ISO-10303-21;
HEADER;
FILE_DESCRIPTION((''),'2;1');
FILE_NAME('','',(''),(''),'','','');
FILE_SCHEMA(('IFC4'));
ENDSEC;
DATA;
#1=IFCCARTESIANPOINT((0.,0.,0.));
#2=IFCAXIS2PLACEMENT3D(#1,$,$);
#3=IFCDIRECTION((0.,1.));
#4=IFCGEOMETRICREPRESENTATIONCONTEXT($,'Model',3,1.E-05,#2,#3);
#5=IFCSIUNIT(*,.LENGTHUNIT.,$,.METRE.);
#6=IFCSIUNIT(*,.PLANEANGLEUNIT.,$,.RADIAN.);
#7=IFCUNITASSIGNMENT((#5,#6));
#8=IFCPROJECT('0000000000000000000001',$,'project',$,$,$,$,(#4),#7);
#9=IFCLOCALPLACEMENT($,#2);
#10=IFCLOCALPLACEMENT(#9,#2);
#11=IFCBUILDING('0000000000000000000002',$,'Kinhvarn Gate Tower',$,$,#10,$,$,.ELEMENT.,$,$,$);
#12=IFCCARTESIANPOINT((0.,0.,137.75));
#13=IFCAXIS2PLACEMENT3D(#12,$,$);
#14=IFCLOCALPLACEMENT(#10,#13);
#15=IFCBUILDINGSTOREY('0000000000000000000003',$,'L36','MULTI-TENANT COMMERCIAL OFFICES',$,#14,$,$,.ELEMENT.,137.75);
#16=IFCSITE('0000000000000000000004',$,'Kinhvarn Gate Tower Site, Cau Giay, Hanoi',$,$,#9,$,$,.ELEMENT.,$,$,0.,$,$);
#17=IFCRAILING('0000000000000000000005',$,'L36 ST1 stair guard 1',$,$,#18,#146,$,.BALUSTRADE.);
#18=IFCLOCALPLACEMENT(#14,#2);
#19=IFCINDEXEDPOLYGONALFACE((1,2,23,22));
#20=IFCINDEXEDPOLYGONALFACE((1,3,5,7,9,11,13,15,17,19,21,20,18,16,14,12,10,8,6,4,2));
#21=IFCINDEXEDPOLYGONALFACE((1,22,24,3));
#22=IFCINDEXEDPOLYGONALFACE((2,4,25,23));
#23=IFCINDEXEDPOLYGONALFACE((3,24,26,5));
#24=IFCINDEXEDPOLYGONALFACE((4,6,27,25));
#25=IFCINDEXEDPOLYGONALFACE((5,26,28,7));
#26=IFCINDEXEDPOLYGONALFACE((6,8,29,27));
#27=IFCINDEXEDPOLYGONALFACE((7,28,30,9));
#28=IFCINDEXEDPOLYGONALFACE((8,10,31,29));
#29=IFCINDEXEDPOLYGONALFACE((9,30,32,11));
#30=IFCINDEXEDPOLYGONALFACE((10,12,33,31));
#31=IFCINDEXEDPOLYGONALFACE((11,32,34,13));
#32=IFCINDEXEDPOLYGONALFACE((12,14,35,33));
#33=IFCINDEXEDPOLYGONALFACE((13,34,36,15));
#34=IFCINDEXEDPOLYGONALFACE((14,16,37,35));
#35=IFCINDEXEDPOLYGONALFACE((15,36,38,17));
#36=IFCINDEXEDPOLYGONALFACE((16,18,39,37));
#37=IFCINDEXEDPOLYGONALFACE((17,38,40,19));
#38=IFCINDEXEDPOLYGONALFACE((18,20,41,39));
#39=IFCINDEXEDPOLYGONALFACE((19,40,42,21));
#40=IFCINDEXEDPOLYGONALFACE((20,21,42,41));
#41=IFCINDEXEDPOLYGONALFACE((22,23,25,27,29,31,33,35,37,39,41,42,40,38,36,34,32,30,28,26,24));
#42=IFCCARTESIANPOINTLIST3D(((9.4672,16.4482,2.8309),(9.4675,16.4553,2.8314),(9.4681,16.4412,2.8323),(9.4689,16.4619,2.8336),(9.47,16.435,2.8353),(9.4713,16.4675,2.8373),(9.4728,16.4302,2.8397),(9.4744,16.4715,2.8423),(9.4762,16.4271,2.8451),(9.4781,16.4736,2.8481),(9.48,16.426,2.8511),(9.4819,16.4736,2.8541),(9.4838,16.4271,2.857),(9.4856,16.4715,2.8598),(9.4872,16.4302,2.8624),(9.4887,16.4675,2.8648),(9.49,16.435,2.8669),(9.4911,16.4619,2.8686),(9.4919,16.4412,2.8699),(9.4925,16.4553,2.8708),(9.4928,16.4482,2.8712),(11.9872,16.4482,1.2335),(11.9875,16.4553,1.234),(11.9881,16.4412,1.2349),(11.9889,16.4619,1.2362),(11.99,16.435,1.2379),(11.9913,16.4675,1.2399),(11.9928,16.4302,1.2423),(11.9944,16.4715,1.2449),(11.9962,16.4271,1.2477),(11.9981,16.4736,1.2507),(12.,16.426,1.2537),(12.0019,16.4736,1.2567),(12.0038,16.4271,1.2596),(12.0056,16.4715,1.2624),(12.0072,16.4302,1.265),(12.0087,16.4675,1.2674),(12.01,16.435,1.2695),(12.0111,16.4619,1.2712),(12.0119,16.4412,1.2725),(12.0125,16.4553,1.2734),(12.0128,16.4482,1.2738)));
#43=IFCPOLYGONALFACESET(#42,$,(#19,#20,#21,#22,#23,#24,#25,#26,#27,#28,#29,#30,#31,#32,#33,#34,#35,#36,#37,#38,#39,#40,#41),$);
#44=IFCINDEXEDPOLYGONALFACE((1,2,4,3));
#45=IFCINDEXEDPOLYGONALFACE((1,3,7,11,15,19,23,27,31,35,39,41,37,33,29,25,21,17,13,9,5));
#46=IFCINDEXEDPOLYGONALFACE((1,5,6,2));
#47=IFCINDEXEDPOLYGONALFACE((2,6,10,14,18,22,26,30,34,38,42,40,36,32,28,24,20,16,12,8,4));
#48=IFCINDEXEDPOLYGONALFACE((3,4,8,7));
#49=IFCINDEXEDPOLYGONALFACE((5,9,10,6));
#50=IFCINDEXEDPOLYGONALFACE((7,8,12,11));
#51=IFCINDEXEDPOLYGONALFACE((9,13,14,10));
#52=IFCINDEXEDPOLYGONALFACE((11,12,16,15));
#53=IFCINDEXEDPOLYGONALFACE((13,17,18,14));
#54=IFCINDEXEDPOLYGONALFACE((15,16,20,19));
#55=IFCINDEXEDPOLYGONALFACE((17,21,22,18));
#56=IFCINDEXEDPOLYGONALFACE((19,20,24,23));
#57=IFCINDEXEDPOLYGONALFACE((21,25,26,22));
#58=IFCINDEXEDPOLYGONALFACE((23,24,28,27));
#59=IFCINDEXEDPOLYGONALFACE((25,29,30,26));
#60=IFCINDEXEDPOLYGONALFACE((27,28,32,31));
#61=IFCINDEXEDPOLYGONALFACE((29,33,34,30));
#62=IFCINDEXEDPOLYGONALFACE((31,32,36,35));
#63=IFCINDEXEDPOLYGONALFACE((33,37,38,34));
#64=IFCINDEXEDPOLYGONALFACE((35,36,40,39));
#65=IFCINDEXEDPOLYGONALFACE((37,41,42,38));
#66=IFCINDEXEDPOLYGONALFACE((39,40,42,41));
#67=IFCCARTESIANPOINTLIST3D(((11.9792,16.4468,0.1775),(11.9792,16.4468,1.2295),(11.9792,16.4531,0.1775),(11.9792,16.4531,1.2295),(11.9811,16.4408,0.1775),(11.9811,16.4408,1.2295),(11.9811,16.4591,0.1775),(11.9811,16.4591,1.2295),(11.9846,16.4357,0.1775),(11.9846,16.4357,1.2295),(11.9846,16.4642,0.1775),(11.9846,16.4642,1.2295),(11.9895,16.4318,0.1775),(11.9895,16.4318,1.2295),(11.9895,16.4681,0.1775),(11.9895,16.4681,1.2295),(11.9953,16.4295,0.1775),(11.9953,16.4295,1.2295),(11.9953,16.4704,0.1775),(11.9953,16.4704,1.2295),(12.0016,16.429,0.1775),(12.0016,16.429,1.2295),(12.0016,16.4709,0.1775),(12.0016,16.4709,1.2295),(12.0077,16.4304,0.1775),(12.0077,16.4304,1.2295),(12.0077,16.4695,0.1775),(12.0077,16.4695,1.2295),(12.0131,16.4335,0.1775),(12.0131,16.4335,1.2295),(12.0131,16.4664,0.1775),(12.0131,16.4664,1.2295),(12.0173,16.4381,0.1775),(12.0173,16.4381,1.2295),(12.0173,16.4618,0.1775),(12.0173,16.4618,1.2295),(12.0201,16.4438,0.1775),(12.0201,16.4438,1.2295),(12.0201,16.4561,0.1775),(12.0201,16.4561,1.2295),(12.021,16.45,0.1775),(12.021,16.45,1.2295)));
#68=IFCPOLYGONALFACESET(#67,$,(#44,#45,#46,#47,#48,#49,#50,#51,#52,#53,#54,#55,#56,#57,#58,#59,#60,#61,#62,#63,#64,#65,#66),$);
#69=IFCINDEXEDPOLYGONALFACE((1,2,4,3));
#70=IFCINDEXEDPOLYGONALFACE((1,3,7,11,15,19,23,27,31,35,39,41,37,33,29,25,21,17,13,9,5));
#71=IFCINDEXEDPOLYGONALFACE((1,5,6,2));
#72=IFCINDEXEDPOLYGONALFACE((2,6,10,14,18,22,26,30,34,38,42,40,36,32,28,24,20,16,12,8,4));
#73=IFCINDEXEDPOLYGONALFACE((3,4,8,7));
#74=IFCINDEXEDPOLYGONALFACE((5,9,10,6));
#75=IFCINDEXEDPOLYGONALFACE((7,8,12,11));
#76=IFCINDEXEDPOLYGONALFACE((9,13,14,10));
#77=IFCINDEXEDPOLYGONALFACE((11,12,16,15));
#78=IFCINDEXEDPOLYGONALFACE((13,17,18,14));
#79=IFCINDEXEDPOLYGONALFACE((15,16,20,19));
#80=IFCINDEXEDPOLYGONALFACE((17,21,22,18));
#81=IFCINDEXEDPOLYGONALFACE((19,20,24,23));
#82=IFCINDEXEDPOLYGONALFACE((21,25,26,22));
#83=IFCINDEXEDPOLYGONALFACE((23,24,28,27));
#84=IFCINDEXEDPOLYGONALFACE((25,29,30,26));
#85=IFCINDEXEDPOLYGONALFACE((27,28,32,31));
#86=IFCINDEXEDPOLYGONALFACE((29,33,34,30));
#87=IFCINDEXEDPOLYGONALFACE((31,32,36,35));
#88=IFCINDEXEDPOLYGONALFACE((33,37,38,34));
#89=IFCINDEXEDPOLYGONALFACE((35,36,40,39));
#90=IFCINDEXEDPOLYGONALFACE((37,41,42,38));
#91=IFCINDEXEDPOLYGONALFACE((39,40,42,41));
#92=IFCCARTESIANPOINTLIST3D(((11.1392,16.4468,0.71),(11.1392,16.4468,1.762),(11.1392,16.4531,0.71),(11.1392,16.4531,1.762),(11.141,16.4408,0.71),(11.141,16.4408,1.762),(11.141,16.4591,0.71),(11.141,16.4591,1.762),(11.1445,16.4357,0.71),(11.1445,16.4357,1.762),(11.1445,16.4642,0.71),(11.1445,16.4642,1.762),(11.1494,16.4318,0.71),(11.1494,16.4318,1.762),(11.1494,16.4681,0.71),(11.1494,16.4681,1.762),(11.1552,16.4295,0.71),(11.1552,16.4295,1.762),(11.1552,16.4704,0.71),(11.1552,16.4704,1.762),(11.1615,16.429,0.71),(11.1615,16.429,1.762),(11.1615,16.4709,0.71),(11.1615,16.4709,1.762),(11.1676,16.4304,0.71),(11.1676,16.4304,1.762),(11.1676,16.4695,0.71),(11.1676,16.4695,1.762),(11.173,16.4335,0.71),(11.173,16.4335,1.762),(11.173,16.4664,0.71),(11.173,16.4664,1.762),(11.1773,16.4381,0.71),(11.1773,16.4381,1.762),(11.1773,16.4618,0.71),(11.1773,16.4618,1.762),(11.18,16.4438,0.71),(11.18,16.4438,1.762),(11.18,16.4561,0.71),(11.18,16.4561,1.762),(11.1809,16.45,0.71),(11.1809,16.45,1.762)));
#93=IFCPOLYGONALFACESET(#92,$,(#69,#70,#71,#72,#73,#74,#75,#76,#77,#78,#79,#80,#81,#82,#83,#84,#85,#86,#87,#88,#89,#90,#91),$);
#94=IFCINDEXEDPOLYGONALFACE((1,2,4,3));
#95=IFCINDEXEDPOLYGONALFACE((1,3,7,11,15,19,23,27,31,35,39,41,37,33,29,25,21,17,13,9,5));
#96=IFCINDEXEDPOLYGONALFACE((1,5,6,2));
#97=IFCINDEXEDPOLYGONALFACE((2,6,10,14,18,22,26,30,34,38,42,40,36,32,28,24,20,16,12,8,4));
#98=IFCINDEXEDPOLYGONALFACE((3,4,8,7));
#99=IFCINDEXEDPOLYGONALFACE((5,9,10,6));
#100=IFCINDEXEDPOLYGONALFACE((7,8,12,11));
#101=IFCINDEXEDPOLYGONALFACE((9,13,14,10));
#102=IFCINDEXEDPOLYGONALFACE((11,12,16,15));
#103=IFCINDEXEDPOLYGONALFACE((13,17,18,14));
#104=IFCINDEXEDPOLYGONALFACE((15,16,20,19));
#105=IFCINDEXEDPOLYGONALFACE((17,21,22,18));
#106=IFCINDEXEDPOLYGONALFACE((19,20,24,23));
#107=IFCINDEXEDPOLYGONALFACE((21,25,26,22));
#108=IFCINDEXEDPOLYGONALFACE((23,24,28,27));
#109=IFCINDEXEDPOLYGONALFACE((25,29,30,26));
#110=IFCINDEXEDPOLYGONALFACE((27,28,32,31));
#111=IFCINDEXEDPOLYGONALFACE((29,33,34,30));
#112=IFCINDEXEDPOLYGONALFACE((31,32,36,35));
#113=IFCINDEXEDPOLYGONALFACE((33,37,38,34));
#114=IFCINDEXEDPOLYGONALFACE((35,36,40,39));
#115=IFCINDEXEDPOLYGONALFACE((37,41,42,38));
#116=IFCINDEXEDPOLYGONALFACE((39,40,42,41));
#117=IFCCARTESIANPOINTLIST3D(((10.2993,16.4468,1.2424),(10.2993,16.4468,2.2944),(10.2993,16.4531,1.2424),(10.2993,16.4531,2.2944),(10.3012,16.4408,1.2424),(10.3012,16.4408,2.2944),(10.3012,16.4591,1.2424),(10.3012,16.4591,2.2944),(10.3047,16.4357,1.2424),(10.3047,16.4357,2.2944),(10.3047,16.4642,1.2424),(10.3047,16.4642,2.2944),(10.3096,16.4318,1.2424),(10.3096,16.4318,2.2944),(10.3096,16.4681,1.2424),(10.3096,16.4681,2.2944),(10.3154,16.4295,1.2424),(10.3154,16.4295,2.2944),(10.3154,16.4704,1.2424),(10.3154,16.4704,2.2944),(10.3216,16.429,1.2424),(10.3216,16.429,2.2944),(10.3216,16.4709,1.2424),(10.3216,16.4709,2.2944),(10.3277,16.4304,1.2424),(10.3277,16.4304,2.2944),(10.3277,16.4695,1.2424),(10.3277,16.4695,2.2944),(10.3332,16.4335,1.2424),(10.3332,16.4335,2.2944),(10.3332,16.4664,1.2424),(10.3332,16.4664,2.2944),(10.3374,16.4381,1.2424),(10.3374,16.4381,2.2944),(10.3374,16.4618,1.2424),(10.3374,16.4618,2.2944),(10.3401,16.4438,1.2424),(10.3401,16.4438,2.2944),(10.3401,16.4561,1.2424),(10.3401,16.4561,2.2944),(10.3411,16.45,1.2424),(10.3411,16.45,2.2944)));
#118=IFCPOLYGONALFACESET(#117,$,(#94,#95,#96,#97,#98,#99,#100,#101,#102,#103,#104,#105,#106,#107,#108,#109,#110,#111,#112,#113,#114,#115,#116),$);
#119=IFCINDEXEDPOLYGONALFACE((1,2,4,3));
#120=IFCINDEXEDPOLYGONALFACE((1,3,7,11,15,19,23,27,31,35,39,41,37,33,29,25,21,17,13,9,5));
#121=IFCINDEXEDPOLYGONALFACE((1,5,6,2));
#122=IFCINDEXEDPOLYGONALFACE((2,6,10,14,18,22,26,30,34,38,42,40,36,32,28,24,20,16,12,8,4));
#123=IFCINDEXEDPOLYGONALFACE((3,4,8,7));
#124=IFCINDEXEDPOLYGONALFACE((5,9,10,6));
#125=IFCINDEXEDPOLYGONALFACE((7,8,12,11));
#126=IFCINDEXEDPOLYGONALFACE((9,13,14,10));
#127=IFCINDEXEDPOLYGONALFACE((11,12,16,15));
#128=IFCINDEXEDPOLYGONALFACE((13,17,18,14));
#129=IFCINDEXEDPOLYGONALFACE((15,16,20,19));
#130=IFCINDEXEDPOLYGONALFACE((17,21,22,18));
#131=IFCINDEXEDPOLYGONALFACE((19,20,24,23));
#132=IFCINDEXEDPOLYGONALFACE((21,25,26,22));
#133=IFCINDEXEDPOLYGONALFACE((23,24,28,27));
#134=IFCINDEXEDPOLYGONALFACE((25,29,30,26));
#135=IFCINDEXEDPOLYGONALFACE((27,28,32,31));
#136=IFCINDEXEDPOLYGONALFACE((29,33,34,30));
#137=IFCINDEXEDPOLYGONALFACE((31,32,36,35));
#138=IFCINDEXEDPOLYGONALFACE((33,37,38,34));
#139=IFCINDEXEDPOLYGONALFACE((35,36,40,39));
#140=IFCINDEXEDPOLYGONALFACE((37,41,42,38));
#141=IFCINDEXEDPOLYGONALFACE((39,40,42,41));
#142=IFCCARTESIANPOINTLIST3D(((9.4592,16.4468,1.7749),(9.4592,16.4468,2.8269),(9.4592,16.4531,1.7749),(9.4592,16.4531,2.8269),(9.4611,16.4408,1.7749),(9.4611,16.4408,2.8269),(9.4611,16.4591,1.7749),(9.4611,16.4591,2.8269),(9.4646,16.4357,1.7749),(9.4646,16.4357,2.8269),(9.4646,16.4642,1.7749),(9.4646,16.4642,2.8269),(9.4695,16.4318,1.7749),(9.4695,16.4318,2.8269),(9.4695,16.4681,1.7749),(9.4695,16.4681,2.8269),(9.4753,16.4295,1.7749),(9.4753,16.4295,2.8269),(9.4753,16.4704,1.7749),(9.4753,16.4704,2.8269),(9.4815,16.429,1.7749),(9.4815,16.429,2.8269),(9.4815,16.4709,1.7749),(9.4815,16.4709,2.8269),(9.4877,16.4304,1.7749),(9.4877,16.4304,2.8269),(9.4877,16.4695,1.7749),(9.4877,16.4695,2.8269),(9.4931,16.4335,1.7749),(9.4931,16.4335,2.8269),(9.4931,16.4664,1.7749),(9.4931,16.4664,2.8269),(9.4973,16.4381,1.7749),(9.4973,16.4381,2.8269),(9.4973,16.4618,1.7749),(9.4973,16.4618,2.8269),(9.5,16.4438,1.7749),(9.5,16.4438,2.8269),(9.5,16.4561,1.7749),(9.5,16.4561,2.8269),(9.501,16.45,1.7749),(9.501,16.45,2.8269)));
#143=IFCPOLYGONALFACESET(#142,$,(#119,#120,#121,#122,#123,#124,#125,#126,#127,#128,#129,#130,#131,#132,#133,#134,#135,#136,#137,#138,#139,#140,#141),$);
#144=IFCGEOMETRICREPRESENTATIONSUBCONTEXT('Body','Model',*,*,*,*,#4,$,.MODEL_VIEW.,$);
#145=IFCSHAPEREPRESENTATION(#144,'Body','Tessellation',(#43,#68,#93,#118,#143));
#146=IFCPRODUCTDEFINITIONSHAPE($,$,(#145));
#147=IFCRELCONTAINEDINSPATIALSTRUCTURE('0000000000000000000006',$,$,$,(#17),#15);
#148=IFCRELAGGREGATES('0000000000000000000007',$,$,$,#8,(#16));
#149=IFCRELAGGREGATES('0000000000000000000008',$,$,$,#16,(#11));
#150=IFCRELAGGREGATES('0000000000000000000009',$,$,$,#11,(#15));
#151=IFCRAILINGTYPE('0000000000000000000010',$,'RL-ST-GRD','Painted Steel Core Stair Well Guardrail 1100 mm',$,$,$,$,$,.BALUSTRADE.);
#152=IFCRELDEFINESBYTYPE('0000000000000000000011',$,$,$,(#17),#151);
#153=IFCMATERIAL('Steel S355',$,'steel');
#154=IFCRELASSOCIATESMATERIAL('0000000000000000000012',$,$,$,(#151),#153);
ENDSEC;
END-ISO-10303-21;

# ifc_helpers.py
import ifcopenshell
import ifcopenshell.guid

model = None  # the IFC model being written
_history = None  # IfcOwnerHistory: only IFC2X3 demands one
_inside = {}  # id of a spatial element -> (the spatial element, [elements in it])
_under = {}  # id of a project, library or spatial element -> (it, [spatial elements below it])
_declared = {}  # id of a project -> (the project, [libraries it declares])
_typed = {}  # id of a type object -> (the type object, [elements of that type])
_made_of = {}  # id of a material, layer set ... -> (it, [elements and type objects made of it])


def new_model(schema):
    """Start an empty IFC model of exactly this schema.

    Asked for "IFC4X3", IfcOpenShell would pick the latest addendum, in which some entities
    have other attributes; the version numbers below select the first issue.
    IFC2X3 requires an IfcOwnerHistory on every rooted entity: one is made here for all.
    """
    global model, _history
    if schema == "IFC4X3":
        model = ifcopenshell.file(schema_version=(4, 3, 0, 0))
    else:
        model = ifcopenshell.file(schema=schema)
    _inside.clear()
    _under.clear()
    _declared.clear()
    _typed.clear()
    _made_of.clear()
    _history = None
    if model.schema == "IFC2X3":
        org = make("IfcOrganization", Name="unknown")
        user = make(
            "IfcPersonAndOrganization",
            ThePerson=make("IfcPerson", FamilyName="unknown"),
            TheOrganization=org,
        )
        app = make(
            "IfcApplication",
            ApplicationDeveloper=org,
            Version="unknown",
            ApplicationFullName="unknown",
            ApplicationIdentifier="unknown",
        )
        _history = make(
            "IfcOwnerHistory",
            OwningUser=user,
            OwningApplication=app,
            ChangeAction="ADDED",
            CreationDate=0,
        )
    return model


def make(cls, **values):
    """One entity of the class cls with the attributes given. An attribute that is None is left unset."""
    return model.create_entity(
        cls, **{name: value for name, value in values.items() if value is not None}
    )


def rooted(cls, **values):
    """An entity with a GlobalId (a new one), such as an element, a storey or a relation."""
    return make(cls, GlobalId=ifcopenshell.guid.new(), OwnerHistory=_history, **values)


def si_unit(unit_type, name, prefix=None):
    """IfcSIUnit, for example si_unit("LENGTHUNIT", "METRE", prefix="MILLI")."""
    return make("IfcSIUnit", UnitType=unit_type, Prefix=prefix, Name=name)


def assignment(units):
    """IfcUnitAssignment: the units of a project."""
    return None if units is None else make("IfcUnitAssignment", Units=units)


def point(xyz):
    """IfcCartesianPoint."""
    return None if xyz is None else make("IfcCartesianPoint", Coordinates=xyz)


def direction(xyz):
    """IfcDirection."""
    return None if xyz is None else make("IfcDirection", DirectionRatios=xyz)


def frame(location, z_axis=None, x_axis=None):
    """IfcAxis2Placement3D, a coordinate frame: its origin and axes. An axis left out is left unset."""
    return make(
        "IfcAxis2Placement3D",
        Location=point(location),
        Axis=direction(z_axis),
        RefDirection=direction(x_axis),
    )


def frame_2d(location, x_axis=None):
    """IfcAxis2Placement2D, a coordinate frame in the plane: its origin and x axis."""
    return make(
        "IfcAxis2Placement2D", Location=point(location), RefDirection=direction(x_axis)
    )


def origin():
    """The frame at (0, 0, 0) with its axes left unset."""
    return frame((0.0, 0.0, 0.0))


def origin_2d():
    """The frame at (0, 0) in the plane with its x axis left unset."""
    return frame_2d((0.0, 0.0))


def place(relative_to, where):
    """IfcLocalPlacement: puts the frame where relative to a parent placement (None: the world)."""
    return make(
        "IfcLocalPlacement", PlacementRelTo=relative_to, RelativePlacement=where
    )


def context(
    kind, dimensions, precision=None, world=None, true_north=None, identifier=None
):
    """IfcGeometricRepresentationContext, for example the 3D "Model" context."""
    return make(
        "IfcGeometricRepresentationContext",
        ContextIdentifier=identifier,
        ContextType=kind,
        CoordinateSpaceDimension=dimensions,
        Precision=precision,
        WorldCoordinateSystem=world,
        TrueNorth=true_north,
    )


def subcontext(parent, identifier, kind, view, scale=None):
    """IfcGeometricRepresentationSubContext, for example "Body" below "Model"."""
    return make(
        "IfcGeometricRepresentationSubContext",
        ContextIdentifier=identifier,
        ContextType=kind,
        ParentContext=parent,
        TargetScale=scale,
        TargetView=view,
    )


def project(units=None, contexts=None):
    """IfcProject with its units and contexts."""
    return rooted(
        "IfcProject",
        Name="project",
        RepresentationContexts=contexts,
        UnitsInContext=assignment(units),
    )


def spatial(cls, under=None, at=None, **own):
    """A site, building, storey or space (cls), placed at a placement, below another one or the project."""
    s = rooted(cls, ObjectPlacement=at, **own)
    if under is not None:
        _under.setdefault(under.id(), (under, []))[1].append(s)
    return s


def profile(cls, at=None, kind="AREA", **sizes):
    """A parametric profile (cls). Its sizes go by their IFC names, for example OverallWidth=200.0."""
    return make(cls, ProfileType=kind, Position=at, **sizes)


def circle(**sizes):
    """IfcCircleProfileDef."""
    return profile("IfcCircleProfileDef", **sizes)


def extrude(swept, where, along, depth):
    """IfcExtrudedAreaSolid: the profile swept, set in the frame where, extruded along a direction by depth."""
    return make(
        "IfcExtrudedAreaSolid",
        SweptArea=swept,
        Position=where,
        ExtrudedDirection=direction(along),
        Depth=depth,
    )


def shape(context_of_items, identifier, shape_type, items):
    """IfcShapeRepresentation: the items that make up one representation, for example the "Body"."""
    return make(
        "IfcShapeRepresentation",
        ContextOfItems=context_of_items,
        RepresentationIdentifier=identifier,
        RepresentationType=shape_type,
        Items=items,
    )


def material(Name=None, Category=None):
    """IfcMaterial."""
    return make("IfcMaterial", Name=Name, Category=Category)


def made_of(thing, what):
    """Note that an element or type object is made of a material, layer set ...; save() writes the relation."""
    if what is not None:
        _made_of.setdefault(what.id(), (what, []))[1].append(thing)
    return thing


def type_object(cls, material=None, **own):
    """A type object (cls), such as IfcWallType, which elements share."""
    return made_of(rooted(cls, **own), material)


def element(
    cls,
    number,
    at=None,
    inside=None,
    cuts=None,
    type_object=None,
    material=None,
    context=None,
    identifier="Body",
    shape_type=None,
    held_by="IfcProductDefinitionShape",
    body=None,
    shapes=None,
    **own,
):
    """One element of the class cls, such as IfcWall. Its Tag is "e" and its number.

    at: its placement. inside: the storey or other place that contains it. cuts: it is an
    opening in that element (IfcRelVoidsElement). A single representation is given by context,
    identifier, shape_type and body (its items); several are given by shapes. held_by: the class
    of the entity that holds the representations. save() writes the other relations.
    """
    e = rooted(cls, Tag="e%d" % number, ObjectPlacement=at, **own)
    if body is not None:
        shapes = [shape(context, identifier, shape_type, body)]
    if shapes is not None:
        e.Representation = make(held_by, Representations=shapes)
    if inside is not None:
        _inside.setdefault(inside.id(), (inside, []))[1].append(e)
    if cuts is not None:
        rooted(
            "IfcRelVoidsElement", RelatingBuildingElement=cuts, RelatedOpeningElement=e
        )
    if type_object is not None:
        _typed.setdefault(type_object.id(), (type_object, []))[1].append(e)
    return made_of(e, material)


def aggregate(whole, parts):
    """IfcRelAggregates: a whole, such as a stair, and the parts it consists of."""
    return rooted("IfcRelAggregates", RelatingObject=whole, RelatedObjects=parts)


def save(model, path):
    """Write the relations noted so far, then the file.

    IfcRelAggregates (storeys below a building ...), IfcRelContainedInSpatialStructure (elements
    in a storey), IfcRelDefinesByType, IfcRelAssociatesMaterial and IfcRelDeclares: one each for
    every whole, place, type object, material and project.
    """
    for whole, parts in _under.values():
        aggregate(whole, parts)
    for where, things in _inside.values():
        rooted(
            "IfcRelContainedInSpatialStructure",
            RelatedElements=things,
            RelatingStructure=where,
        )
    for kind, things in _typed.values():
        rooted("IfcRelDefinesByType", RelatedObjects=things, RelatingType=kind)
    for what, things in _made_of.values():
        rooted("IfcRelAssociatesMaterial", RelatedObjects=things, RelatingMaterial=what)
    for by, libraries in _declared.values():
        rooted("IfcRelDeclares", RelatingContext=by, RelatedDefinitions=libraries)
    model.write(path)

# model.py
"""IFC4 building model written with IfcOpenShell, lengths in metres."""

from ifc_helpers import new_model, si_unit, direction, frame, origin, origin_2d, place, context, subcontext, project, spatial, circle, extrude, material, type_object, element, save


model = new_model("IFC4")

# Units and contexts
model_context = context("Model", 3, precision=1e-05, world=origin(), true_north=direction((0.0, 1.0)))
body_context = subcontext(model_context, "Body", "Model", "MODEL_VIEW")
ifc_project = project(units=[si_unit("LENGTHUNIT", "METRE"), si_unit("PLANEANGLEUNIT", "RADIAN")], contexts=[model_context])

# Site, building, storey
site_placement = place(None, origin())
site = spatial("IfcSite", under=ifc_project, at=site_placement, Name="Kinhvarn Gate Tower Site, Cau Giay, Hanoi", CompositionType="ELEMENT", RefElevation=0.0)
building_placement = place(site_placement, origin())
building = spatial("IfcBuilding", under=site, at=building_placement, Name="Kinhvarn Gate Tower", CompositionType="ELEMENT")
storey_placement = place(building_placement, frame((0.0, 0.0, 137.75)))
storey = spatial("IfcBuildingStorey", under=building, at=storey_placement, Name="L36", Description="MULTI-TENANT COMMERCIAL OFFICES", CompositionType="ELEMENT", Elevation=137.75)

# Shared definitions
ifc_material_1 = material(Name="Steel S355", Category="steel")

# Railing
railing_type_1 = type_object("IfcRailingType", Name="RL-ST-GRD", Description="Painted Steel Core Stair Well Guardrail 1100 mm", PredefinedType="BALUSTRADE", material=ifc_material_1)
railing_1_placement = place(storey_placement, frame((12.0, 16.45, 0.1775)))
element("IfcRailing", 1, at=railing_1_placement, inside=storey, type_object=railing_type_1, Name="L36 ST1 stair guard 1", PredefinedType="BALUSTRADE", context=body_context, shape_type="SweptSolid", body=[
    extrude(circle(Radius=0.0239, at=origin_2d()), frame((0.0, 0.0, 1.0762), z_axis=(-0.844607, 0.0, 0.535387), x_axis=(0.0, -1.0, 0.0)), (0.0, 0.0, 1.0), 2.9836),
    extrude(circle(Radius=0.021, at=origin_2d()), origin(), (0.0, 0.0, 1.0), 1.052),
    extrude(circle(Radius=0.021, at=origin_2d()), frame((-0.8401, 0.0, 0.5325)), (0.0, 0.0, 1.0), 1.052),
    extrude(circle(Radius=0.021, at=origin_2d()), frame((-1.6799, 0.0, 1.0649)), (0.0, 0.0, 1.0), 1.052),
    extrude(circle(Radius=0.021, at=origin_2d()), frame((-2.52, 0.0, 1.5974)), (0.0, 0.0, 1.0), 1.052),
])

save(model, "model.ifc")
